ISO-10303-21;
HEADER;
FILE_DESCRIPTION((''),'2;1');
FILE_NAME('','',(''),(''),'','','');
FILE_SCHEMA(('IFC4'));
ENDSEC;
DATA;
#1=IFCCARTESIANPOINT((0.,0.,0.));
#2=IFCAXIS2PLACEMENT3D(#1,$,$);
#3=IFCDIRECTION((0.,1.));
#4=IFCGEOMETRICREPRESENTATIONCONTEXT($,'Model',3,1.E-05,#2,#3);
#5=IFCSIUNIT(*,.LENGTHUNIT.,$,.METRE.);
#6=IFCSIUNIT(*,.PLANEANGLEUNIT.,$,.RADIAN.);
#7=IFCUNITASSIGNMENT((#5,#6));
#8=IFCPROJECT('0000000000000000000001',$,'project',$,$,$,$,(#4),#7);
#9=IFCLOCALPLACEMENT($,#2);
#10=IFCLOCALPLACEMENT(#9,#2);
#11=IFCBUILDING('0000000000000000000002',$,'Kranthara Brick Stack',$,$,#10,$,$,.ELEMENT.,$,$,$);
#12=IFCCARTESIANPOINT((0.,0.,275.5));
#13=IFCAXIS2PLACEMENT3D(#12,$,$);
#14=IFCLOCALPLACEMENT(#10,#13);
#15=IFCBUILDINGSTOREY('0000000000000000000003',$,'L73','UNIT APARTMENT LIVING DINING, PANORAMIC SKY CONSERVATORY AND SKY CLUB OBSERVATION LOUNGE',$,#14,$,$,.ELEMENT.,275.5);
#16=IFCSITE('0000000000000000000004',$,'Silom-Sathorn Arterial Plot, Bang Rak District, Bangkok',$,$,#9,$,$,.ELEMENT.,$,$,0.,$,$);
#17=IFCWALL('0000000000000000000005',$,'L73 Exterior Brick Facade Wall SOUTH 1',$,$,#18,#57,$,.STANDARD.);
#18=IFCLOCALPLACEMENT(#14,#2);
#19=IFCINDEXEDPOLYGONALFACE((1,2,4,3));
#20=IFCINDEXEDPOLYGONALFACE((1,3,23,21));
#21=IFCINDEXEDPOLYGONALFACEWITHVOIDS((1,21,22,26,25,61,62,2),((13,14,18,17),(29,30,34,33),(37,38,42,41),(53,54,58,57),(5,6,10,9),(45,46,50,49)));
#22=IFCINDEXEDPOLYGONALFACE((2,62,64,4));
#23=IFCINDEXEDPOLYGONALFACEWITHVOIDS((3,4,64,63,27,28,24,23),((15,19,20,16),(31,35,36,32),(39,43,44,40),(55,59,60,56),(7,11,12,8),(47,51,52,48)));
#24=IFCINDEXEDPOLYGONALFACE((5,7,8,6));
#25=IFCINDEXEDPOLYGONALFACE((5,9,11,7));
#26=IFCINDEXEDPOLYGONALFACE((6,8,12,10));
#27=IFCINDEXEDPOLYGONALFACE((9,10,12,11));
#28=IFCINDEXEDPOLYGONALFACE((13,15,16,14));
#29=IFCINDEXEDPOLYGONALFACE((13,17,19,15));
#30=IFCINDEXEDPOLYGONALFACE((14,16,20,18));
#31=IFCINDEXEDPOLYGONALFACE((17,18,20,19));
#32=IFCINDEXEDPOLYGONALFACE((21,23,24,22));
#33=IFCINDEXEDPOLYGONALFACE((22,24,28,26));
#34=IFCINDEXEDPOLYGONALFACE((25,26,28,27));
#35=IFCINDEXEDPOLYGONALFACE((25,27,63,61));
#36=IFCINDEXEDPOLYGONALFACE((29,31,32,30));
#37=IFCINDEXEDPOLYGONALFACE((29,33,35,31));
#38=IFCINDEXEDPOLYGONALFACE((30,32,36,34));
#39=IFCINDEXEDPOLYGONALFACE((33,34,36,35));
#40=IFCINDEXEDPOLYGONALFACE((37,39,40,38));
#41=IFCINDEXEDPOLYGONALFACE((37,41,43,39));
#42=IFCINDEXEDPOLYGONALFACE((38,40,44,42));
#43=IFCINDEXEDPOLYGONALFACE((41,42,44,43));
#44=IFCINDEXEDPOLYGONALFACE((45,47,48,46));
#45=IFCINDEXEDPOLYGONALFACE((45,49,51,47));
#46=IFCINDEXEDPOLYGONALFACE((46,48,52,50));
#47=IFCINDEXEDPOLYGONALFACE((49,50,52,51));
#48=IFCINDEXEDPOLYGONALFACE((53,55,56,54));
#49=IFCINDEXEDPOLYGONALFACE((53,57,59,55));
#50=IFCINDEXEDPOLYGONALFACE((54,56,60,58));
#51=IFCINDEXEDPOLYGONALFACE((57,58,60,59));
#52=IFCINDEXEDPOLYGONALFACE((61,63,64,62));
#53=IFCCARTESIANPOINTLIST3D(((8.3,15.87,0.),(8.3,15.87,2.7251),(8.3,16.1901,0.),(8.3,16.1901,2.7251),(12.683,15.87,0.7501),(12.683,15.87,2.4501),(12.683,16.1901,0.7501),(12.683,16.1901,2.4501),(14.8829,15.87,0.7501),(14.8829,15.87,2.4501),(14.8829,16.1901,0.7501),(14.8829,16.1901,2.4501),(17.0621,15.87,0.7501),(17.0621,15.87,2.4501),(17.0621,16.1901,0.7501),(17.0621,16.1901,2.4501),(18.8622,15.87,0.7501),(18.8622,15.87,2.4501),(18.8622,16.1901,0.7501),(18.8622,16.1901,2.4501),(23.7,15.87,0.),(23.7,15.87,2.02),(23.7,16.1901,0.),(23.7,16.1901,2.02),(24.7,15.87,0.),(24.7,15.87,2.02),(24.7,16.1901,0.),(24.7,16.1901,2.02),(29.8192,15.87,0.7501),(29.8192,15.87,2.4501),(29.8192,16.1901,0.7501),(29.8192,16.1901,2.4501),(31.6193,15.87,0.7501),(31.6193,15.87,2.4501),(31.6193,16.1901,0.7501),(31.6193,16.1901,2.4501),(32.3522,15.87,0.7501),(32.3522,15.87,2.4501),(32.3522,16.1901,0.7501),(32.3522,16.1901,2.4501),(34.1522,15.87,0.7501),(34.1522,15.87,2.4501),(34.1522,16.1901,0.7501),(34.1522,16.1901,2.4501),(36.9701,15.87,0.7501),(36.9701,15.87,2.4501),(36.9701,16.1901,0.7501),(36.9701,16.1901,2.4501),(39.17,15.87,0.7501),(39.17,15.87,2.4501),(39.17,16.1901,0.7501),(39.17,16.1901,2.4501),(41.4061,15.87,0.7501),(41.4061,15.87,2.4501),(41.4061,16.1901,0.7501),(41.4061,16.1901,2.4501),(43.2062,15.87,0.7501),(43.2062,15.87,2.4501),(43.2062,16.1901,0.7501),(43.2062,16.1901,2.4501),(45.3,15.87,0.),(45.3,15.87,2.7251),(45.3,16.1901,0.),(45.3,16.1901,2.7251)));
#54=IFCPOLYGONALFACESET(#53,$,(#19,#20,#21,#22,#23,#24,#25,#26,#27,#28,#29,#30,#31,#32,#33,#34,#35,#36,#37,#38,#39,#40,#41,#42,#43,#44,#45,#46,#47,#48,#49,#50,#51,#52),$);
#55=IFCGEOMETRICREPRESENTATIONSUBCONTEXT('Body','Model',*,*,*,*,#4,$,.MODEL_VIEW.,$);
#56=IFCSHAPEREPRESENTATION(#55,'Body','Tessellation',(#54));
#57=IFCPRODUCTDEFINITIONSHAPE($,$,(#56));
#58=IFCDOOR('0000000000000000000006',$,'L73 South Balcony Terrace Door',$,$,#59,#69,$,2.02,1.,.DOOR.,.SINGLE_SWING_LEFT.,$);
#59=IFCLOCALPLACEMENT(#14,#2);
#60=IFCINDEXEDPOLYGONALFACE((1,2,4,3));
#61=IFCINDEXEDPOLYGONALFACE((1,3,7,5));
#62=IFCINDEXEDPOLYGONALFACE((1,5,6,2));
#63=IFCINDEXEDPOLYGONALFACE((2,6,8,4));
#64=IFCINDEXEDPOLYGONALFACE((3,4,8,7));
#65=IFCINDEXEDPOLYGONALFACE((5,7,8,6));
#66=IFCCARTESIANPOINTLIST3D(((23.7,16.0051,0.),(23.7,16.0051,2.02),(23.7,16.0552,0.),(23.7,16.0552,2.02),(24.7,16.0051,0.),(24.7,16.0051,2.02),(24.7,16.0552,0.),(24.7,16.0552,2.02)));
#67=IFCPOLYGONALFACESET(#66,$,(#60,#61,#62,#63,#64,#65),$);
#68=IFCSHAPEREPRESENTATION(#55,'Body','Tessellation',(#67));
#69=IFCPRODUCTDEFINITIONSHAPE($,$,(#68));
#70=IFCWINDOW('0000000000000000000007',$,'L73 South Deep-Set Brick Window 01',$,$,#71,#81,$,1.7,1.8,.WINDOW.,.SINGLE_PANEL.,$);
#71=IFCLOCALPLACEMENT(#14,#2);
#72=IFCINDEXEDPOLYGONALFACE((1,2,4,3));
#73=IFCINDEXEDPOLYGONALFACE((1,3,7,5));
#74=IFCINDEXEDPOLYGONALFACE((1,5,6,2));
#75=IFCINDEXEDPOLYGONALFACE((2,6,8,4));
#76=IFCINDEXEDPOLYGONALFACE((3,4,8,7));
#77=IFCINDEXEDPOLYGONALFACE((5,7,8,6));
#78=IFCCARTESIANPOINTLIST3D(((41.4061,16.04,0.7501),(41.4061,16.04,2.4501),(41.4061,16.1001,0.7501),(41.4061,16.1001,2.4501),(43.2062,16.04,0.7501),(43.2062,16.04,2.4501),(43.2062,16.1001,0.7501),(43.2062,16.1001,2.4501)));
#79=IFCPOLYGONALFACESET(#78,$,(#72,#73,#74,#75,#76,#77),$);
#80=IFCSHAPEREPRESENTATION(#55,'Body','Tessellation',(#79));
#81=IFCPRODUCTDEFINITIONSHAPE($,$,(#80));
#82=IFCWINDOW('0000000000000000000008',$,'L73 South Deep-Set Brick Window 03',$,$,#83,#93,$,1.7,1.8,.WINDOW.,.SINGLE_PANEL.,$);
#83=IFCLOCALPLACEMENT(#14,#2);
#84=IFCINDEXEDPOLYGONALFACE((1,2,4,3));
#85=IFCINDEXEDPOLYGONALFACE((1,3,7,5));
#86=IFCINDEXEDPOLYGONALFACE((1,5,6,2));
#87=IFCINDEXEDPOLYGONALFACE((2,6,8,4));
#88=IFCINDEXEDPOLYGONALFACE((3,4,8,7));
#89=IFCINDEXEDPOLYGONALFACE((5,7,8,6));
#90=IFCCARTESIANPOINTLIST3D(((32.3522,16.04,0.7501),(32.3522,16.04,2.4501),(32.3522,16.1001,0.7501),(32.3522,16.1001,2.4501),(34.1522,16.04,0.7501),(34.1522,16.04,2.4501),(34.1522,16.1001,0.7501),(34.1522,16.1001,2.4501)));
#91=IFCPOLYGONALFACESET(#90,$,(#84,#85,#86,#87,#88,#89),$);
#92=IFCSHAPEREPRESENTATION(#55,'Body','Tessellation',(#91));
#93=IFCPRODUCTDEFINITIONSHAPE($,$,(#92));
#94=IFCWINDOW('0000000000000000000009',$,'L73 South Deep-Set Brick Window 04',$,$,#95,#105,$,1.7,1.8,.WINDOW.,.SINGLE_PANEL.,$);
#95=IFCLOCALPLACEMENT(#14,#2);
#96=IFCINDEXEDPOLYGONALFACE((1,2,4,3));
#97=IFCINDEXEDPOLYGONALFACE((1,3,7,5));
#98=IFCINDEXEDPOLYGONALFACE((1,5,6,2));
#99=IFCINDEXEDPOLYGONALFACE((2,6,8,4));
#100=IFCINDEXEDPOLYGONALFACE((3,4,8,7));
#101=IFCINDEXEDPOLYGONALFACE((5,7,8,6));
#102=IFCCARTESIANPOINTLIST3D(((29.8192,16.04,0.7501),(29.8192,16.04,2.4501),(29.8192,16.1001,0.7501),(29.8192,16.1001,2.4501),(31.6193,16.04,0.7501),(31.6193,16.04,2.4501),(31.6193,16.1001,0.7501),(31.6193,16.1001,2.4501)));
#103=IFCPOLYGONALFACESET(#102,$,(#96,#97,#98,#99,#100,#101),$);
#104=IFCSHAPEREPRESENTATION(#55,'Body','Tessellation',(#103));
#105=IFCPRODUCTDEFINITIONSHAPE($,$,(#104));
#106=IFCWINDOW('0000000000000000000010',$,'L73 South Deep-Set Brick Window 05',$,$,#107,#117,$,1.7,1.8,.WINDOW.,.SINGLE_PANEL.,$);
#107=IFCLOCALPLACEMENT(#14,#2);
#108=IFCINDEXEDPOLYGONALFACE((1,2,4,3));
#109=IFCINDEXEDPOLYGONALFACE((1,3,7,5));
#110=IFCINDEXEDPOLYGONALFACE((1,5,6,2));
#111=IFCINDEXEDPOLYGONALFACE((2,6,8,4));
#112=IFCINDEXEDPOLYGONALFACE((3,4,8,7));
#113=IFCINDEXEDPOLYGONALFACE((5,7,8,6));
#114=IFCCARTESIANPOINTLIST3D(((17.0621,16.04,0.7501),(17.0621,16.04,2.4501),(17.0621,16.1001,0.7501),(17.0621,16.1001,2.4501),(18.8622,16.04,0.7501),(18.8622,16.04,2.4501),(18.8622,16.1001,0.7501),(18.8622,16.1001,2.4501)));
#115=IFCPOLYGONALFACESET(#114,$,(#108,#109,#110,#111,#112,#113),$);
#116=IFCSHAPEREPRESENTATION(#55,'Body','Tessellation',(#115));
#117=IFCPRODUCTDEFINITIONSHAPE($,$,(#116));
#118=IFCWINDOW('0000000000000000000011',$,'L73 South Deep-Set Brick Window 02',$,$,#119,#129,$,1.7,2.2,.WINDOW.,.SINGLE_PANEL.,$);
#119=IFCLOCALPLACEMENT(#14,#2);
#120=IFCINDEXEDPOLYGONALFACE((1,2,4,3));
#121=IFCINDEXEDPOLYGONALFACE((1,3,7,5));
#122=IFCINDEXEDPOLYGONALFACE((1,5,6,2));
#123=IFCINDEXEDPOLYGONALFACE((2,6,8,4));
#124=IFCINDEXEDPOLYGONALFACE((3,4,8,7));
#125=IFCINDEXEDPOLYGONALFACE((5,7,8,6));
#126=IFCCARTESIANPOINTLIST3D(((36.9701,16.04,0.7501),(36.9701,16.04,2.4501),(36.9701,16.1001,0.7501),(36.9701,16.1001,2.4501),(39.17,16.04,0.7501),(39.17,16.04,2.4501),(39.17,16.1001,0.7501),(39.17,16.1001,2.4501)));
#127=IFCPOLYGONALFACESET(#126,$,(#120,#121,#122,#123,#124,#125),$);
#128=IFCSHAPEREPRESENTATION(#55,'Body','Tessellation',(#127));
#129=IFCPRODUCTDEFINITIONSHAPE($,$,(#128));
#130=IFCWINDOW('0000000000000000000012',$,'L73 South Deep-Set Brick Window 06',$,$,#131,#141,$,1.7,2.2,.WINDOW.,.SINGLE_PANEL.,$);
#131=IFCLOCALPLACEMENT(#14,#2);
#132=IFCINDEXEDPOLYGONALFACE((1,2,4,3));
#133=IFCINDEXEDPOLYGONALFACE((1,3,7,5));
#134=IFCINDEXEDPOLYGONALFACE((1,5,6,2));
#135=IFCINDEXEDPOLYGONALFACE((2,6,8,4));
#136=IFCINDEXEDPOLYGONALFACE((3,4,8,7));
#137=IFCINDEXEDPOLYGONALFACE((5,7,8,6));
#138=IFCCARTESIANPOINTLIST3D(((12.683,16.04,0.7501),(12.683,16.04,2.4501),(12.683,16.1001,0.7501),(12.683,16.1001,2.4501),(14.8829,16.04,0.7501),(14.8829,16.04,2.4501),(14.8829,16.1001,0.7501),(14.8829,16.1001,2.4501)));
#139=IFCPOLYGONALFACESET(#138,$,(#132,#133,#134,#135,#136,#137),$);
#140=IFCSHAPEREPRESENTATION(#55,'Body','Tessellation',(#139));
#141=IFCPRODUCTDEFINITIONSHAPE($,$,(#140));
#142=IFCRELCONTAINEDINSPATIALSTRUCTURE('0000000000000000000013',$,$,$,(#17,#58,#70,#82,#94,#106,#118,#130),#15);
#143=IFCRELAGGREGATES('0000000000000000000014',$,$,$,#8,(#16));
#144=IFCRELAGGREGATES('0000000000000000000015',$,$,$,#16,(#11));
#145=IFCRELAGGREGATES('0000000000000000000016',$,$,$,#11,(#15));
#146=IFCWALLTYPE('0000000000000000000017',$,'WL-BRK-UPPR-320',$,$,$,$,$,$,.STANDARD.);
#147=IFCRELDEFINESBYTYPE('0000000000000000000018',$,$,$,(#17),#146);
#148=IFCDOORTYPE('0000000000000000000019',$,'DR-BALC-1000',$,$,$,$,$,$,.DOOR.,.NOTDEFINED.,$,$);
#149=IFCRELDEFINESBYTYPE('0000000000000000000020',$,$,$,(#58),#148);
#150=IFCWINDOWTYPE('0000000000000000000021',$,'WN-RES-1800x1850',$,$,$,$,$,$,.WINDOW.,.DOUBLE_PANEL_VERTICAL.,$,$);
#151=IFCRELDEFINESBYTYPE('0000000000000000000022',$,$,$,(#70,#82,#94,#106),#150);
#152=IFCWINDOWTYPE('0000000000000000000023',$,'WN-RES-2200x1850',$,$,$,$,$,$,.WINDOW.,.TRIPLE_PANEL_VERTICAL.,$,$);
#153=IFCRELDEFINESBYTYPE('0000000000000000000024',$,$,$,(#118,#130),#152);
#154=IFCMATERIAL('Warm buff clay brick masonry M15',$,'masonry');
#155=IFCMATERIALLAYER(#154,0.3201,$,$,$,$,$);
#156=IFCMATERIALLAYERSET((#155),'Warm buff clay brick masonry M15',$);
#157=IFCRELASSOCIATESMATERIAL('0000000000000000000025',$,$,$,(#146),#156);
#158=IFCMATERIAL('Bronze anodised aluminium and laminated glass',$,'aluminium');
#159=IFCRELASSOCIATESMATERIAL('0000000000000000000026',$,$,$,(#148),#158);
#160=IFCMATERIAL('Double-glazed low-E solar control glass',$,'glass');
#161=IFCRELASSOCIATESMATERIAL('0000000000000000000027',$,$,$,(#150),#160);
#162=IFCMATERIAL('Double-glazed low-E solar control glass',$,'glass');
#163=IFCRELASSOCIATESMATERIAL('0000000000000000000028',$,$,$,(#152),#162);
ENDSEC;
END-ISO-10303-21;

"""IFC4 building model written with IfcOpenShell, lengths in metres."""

from ifc_helpers import new_model, si_unit, direction, frame, frame_2d, origin, place, context, subcontext, project, spatial, rectangle, extrude, material, layer, layer_set, type_object, element, fill, save


model = new_model("IFC4")

# Units and contexts
model_context = context("Model", 3, precision=1e-05, world=origin(), true_north=direction((0.0, 1.0)))
body_context = subcontext(model_context, "Body", "Model", "MODEL_VIEW")
ifc_project = project(units=[si_unit("LENGTHUNIT", "METRE"), si_unit("PLANEANGLEUNIT", "RADIAN")], contexts=[model_context])

# Site, building, storey
site_placement = place(None, origin())
site = spatial("IfcSite", under=ifc_project, at=site_placement, Name="Silom-Sathorn Arterial Plot, Bang Rak District, Bangkok", CompositionType="ELEMENT", RefElevation=0.0)
building_placement = place(site_placement, origin())
building = spatial("IfcBuilding", under=site, at=building_placement, Name="Kranthara Brick Stack", CompositionType="ELEMENT")
storey_placement = place(building_placement, frame((0.0, 0.0, 275.5)))
storey = spatial("IfcBuildingStorey", under=building, at=storey_placement, Name="L73", Description="UNIT APARTMENT LIVING DINING, PANORAMIC SKY CONSERVATORY AND SKY CLUB OBSERVATION LOUNGE", CompositionType="ELEMENT", Elevation=275.5)

# Wall, openings, door, windows
ifc_material_1 = material(Name="Warm buff clay brick masonry M15", Category="masonry")
ifc_layer_1 = layer(ifc_material_1, 0.3201)
ifc_layer_set_1 = layer_set([ifc_layer_1], Name="Warm buff clay brick masonry M15")
wall_type_1 = type_object("IfcWallType", Name="WL-BRK-UPPR-320", PredefinedType="STANDARD", material=ifc_layer_set_1)
wall_1_placement = place(storey_placement, frame((45.3, 16.03, 0.0), z_axis=(0.0, 0.0, 1.0), x_axis=(-1.0, 0.0, 0.0)))
wall_1 = element("IfcWall", 1, at=wall_1_placement, inside=storey, type_object=wall_type_1, Name="L73 Exterior Brick Facade Wall SOUTH 1", PredefinedType="STANDARD", context=body_context, shape_type="SweptSolid", body=[
    extrude(rectangle(XDim=37.0, YDim=0.3201, at=frame_2d((18.5, 0.0))), origin(), (0.0, 0.0, 1.0), 2.7251),
])
opening_1_placement = place(wall_1_placement, frame((20.6001, 0.0, 0.0)))
opening_1 = element("IfcOpeningElement", 2, at=opening_1_placement, cuts=wall_1, PredefinedType="OPENING", context=body_context, shape_type="SweptSolid", body=[
    extrude(rectangle(XDim=1.0, YDim=2.02, at=frame_2d((0.5, 1.01))), frame((0.0, 0.1699, 0.0), z_axis=(0.0, -1.0, 0.0), x_axis=(1.0, 0.0, 0.0)), (0.0, 0.0, 1.0), 0.3401),
])
opening_2_placement = place(wall_1_placement, frame((2.094, 0.0, 0.75)))
opening_2 = element("IfcOpeningElement", 3, at=opening_2_placement, cuts=wall_1, PredefinedType="OPENING", context=body_context, shape_type="SweptSolid", body=[
    extrude(rectangle(XDim=1.8, YDim=1.7, at=frame_2d((0.8999, 0.8501))), frame((0.0, 0.1699, 0.0), z_axis=(0.0, -1.0, 0.0), x_axis=(1.0, 0.0, 0.0)), (0.0, 0.0, 1.0), 0.3401),
])
opening_3_placement = place(wall_1_placement, frame((6.1299, 0.0, 0.75)))
opening_3 = element("IfcOpeningElement", 4, at=opening_3_placement, cuts=wall_1, PredefinedType="OPENING", context=body_context, shape_type="SweptSolid", body=[
    extrude(rectangle(XDim=2.2, YDim=1.7, at=frame_2d((1.1001, 0.8501))), frame((0.0, 0.1699, 0.0), z_axis=(0.0, -1.0, 0.0), x_axis=(1.0, 0.0, 0.0)), (0.0, 0.0, 1.0), 0.3401),
])
opening_4_placement = place(wall_1_placement, frame((11.1479, 0.0, 0.75)))
opening_4 = element("IfcOpeningElement", 5, at=opening_4_placement, cuts=wall_1, PredefinedType="OPENING", context=body_context, shape_type="SweptSolid", body=[
    extrude(rectangle(XDim=1.8, YDim=1.7, at=frame_2d((0.8999, 0.8501))), frame((0.0, 0.1699, 0.0), z_axis=(0.0, -1.0, 0.0), x_axis=(1.0, 0.0, 0.0)), (0.0, 0.0, 1.0), 0.3401),
])
opening_5_placement = place(wall_1_placement, frame((13.6809, 0.0, 0.75)))
opening_5 = element("IfcOpeningElement", 6, at=opening_5_placement, cuts=wall_1, PredefinedType="OPENING", context=body_context, shape_type="SweptSolid", body=[
    extrude(rectangle(XDim=1.8, YDim=1.7, at=frame_2d((0.8999, 0.8501))), frame((0.0, 0.1699, 0.0), z_axis=(0.0, -1.0, 0.0), x_axis=(1.0, 0.0, 0.0)), (0.0, 0.0, 1.0), 0.3401),
])
opening_6_placement = place(wall_1_placement, frame((26.438, 0.0, 0.75)))
opening_6 = element("IfcOpeningElement", 7, at=opening_6_placement, cuts=wall_1, PredefinedType="OPENING", context=body_context, shape_type="SweptSolid", body=[
    extrude(rectangle(XDim=1.8, YDim=1.7, at=frame_2d((0.8999, 0.8501))), frame((0.0, 0.1699, 0.0), z_axis=(0.0, -1.0, 0.0), x_axis=(1.0, 0.0, 0.0)), (0.0, 0.0, 1.0), 0.3401),
])
opening_7_placement = place(wall_1_placement, frame((30.417, 0.0, 0.75)))
opening_7 = element("IfcOpeningElement", 8, at=opening_7_placement, cuts=wall_1, PredefinedType="OPENING", context=body_context, shape_type="SweptSolid", body=[
    extrude(rectangle(XDim=2.2, YDim=1.7, at=frame_2d((1.1001, 0.8501))), frame((0.0, 0.1699, 0.0), z_axis=(0.0, -1.0, 0.0), x_axis=(1.0, 0.0, 0.0)), (0.0, 0.0, 1.0), 0.3401),
])
ifc_material_2 = material(Name="Bronze anodised aluminium and laminated glass", Category="aluminium")
door_type = type_object("IfcDoorType", Name="DR-BALC-1000", OperationType="NOTDEFINED", PredefinedType="DOOR", material=ifc_material_2)
door_placement = place(opening_1_placement, origin())
door = element("IfcDoor", 9, at=door_placement, inside=storey, type_object=door_type, Name="L73 South Balcony Terrace Door", OperationType="SINGLE_SWING_LEFT", OverallHeight=2.02, OverallWidth=1.0, PredefinedType="DOOR", context=body_context, shape_type="SweptSolid", body=[
    extrude(rectangle(XDim=1.0, YDim=2.02, at=frame_2d((0.5, 1.01))), frame((0.0, 0.0249, 0.0), z_axis=(0.0, -1.0, 0.0), x_axis=(1.0, 0.0, 0.0)), (0.0, 0.0, 1.0), 0.05),
])
fill(opening_1, door)
ifc_material_3 = material(Name="Double-glazed low-E solar control glass", Category="glass")
window_type_1 = type_object("IfcWindowType", Name="WN-RES-1800x1850", PartitioningType="DOUBLE_PANEL_VERTICAL", PredefinedType="WINDOW", material=ifc_material_3)
window_1_placement = place(opening_2_placement, origin())
window_1 = element("IfcWindow", 10, at=window_1_placement, inside=storey, type_object=window_type_1, Name="L73 South Deep-Set Brick Window 01", OverallHeight=1.7, OverallWidth=1.8, PartitioningType="SINGLE_PANEL", PredefinedType="WINDOW", context=body_context, shape_type="SweptSolid", body=[
    extrude(rectangle(XDim=1.8, YDim=1.7, at=frame_2d((0.8999, 0.8501))), frame((0.0, -0.01, 0.0), z_axis=(0.0, -1.0, 0.0), x_axis=(1.0, 0.0, 0.0)), (0.0, 0.0, 1.0), 0.0601),
])
fill(opening_2, window_1)
window_2_placement = place(opening_4_placement, origin())
window_2 = element("IfcWindow", 11, at=window_2_placement, inside=storey, type_object=window_type_1, Name="L73 South Deep-Set Brick Window 03", OverallHeight=1.7, OverallWidth=1.8, PartitioningType="SINGLE_PANEL", PredefinedType="WINDOW", context=body_context, shape_type="SweptSolid", body=[
    extrude(rectangle(XDim=1.8, YDim=1.7, at=frame_2d((0.8999, 0.8501))), frame((0.0, -0.01, 0.0), z_axis=(0.0, -1.0, 0.0), x_axis=(1.0, 0.0, 0.0)), (0.0, 0.0, 1.0), 0.0601),
])
fill(opening_4, window_2)
window_3_placement = place(opening_5_placement, origin())
window_3 = element("IfcWindow", 12, at=window_3_placement, inside=storey, type_object=window_type_1, Name="L73 South Deep-Set Brick Window 04", OverallHeight=1.7, OverallWidth=1.8, PartitioningType="SINGLE_PANEL", PredefinedType="WINDOW", context=body_context, shape_type="SweptSolid", body=[
    extrude(rectangle(XDim=1.8, YDim=1.7, at=frame_2d((0.8999, 0.8501))), frame((0.0, -0.01, 0.0), z_axis=(0.0, -1.0, 0.0), x_axis=(1.0, 0.0, 0.0)), (0.0, 0.0, 1.0), 0.0601),
])
fill(opening_5, window_3)
window_4_placement = place(opening_6_placement, origin())
window_4 = element("IfcWindow", 13, at=window_4_placement, inside=storey, type_object=window_type_1, Name="L73 South Deep-Set Brick Window 05", OverallHeight=1.7, OverallWidth=1.8, PartitioningType="SINGLE_PANEL", PredefinedType="WINDOW", context=body_context, shape_type="SweptSolid", body=[
    extrude(rectangle(XDim=1.8, YDim=1.7, at=frame_2d((0.8999, 0.8501))), frame((0.0, -0.01, 0.0), z_axis=(0.0, -1.0, 0.0), x_axis=(1.0, 0.0, 0.0)), (0.0, 0.0, 1.0), 0.0601),
])
fill(opening_6, window_4)
ifc_material_4 = material(Name="Double-glazed low-E solar control glass", Category="glass")
window_type_2 = type_object("IfcWindowType", Name="WN-RES-2200x1850", PartitioningType="TRIPLE_PANEL_VERTICAL", PredefinedType="WINDOW", material=ifc_material_4)
window_5_placement = place(opening_3_placement, origin())
window_5 = element("IfcWindow", 14, at=window_5_placement, inside=storey, type_object=window_type_2, Name="L73 South Deep-Set Brick Window 02", OverallHeight=1.7, OverallWidth=2.2, PartitioningType="SINGLE_PANEL", PredefinedType="WINDOW", context=body_context, shape_type="SweptSolid", body=[
    extrude(rectangle(XDim=2.2, YDim=1.7, at=frame_2d((1.1001, 0.8501))), frame((0.0, -0.01, 0.0), z_axis=(0.0, -1.0, 0.0), x_axis=(1.0, 0.0, 0.0)), (0.0, 0.0, 1.0), 0.0601),
])
fill(opening_3, window_5)
window_6_placement = place(opening_7_placement, origin())
window_6 = element("IfcWindow", 15, at=window_6_placement, inside=storey, type_object=window_type_2, Name="L73 South Deep-Set Brick Window 06", OverallHeight=1.7, OverallWidth=2.2, PartitioningType="SINGLE_PANEL", PredefinedType="WINDOW", context=body_context, shape_type="SweptSolid", body=[
    extrude(rectangle(XDim=2.2, YDim=1.7, at=frame_2d((1.1001, 0.8501))), frame((0.0, -0.01, 0.0), z_axis=(0.0, -1.0, 0.0), x_axis=(1.0, 0.0, 0.0)), (0.0, 0.0, 1.0), 0.0601),
])
fill(opening_7, window_6)

save(model, "model.ifc")
